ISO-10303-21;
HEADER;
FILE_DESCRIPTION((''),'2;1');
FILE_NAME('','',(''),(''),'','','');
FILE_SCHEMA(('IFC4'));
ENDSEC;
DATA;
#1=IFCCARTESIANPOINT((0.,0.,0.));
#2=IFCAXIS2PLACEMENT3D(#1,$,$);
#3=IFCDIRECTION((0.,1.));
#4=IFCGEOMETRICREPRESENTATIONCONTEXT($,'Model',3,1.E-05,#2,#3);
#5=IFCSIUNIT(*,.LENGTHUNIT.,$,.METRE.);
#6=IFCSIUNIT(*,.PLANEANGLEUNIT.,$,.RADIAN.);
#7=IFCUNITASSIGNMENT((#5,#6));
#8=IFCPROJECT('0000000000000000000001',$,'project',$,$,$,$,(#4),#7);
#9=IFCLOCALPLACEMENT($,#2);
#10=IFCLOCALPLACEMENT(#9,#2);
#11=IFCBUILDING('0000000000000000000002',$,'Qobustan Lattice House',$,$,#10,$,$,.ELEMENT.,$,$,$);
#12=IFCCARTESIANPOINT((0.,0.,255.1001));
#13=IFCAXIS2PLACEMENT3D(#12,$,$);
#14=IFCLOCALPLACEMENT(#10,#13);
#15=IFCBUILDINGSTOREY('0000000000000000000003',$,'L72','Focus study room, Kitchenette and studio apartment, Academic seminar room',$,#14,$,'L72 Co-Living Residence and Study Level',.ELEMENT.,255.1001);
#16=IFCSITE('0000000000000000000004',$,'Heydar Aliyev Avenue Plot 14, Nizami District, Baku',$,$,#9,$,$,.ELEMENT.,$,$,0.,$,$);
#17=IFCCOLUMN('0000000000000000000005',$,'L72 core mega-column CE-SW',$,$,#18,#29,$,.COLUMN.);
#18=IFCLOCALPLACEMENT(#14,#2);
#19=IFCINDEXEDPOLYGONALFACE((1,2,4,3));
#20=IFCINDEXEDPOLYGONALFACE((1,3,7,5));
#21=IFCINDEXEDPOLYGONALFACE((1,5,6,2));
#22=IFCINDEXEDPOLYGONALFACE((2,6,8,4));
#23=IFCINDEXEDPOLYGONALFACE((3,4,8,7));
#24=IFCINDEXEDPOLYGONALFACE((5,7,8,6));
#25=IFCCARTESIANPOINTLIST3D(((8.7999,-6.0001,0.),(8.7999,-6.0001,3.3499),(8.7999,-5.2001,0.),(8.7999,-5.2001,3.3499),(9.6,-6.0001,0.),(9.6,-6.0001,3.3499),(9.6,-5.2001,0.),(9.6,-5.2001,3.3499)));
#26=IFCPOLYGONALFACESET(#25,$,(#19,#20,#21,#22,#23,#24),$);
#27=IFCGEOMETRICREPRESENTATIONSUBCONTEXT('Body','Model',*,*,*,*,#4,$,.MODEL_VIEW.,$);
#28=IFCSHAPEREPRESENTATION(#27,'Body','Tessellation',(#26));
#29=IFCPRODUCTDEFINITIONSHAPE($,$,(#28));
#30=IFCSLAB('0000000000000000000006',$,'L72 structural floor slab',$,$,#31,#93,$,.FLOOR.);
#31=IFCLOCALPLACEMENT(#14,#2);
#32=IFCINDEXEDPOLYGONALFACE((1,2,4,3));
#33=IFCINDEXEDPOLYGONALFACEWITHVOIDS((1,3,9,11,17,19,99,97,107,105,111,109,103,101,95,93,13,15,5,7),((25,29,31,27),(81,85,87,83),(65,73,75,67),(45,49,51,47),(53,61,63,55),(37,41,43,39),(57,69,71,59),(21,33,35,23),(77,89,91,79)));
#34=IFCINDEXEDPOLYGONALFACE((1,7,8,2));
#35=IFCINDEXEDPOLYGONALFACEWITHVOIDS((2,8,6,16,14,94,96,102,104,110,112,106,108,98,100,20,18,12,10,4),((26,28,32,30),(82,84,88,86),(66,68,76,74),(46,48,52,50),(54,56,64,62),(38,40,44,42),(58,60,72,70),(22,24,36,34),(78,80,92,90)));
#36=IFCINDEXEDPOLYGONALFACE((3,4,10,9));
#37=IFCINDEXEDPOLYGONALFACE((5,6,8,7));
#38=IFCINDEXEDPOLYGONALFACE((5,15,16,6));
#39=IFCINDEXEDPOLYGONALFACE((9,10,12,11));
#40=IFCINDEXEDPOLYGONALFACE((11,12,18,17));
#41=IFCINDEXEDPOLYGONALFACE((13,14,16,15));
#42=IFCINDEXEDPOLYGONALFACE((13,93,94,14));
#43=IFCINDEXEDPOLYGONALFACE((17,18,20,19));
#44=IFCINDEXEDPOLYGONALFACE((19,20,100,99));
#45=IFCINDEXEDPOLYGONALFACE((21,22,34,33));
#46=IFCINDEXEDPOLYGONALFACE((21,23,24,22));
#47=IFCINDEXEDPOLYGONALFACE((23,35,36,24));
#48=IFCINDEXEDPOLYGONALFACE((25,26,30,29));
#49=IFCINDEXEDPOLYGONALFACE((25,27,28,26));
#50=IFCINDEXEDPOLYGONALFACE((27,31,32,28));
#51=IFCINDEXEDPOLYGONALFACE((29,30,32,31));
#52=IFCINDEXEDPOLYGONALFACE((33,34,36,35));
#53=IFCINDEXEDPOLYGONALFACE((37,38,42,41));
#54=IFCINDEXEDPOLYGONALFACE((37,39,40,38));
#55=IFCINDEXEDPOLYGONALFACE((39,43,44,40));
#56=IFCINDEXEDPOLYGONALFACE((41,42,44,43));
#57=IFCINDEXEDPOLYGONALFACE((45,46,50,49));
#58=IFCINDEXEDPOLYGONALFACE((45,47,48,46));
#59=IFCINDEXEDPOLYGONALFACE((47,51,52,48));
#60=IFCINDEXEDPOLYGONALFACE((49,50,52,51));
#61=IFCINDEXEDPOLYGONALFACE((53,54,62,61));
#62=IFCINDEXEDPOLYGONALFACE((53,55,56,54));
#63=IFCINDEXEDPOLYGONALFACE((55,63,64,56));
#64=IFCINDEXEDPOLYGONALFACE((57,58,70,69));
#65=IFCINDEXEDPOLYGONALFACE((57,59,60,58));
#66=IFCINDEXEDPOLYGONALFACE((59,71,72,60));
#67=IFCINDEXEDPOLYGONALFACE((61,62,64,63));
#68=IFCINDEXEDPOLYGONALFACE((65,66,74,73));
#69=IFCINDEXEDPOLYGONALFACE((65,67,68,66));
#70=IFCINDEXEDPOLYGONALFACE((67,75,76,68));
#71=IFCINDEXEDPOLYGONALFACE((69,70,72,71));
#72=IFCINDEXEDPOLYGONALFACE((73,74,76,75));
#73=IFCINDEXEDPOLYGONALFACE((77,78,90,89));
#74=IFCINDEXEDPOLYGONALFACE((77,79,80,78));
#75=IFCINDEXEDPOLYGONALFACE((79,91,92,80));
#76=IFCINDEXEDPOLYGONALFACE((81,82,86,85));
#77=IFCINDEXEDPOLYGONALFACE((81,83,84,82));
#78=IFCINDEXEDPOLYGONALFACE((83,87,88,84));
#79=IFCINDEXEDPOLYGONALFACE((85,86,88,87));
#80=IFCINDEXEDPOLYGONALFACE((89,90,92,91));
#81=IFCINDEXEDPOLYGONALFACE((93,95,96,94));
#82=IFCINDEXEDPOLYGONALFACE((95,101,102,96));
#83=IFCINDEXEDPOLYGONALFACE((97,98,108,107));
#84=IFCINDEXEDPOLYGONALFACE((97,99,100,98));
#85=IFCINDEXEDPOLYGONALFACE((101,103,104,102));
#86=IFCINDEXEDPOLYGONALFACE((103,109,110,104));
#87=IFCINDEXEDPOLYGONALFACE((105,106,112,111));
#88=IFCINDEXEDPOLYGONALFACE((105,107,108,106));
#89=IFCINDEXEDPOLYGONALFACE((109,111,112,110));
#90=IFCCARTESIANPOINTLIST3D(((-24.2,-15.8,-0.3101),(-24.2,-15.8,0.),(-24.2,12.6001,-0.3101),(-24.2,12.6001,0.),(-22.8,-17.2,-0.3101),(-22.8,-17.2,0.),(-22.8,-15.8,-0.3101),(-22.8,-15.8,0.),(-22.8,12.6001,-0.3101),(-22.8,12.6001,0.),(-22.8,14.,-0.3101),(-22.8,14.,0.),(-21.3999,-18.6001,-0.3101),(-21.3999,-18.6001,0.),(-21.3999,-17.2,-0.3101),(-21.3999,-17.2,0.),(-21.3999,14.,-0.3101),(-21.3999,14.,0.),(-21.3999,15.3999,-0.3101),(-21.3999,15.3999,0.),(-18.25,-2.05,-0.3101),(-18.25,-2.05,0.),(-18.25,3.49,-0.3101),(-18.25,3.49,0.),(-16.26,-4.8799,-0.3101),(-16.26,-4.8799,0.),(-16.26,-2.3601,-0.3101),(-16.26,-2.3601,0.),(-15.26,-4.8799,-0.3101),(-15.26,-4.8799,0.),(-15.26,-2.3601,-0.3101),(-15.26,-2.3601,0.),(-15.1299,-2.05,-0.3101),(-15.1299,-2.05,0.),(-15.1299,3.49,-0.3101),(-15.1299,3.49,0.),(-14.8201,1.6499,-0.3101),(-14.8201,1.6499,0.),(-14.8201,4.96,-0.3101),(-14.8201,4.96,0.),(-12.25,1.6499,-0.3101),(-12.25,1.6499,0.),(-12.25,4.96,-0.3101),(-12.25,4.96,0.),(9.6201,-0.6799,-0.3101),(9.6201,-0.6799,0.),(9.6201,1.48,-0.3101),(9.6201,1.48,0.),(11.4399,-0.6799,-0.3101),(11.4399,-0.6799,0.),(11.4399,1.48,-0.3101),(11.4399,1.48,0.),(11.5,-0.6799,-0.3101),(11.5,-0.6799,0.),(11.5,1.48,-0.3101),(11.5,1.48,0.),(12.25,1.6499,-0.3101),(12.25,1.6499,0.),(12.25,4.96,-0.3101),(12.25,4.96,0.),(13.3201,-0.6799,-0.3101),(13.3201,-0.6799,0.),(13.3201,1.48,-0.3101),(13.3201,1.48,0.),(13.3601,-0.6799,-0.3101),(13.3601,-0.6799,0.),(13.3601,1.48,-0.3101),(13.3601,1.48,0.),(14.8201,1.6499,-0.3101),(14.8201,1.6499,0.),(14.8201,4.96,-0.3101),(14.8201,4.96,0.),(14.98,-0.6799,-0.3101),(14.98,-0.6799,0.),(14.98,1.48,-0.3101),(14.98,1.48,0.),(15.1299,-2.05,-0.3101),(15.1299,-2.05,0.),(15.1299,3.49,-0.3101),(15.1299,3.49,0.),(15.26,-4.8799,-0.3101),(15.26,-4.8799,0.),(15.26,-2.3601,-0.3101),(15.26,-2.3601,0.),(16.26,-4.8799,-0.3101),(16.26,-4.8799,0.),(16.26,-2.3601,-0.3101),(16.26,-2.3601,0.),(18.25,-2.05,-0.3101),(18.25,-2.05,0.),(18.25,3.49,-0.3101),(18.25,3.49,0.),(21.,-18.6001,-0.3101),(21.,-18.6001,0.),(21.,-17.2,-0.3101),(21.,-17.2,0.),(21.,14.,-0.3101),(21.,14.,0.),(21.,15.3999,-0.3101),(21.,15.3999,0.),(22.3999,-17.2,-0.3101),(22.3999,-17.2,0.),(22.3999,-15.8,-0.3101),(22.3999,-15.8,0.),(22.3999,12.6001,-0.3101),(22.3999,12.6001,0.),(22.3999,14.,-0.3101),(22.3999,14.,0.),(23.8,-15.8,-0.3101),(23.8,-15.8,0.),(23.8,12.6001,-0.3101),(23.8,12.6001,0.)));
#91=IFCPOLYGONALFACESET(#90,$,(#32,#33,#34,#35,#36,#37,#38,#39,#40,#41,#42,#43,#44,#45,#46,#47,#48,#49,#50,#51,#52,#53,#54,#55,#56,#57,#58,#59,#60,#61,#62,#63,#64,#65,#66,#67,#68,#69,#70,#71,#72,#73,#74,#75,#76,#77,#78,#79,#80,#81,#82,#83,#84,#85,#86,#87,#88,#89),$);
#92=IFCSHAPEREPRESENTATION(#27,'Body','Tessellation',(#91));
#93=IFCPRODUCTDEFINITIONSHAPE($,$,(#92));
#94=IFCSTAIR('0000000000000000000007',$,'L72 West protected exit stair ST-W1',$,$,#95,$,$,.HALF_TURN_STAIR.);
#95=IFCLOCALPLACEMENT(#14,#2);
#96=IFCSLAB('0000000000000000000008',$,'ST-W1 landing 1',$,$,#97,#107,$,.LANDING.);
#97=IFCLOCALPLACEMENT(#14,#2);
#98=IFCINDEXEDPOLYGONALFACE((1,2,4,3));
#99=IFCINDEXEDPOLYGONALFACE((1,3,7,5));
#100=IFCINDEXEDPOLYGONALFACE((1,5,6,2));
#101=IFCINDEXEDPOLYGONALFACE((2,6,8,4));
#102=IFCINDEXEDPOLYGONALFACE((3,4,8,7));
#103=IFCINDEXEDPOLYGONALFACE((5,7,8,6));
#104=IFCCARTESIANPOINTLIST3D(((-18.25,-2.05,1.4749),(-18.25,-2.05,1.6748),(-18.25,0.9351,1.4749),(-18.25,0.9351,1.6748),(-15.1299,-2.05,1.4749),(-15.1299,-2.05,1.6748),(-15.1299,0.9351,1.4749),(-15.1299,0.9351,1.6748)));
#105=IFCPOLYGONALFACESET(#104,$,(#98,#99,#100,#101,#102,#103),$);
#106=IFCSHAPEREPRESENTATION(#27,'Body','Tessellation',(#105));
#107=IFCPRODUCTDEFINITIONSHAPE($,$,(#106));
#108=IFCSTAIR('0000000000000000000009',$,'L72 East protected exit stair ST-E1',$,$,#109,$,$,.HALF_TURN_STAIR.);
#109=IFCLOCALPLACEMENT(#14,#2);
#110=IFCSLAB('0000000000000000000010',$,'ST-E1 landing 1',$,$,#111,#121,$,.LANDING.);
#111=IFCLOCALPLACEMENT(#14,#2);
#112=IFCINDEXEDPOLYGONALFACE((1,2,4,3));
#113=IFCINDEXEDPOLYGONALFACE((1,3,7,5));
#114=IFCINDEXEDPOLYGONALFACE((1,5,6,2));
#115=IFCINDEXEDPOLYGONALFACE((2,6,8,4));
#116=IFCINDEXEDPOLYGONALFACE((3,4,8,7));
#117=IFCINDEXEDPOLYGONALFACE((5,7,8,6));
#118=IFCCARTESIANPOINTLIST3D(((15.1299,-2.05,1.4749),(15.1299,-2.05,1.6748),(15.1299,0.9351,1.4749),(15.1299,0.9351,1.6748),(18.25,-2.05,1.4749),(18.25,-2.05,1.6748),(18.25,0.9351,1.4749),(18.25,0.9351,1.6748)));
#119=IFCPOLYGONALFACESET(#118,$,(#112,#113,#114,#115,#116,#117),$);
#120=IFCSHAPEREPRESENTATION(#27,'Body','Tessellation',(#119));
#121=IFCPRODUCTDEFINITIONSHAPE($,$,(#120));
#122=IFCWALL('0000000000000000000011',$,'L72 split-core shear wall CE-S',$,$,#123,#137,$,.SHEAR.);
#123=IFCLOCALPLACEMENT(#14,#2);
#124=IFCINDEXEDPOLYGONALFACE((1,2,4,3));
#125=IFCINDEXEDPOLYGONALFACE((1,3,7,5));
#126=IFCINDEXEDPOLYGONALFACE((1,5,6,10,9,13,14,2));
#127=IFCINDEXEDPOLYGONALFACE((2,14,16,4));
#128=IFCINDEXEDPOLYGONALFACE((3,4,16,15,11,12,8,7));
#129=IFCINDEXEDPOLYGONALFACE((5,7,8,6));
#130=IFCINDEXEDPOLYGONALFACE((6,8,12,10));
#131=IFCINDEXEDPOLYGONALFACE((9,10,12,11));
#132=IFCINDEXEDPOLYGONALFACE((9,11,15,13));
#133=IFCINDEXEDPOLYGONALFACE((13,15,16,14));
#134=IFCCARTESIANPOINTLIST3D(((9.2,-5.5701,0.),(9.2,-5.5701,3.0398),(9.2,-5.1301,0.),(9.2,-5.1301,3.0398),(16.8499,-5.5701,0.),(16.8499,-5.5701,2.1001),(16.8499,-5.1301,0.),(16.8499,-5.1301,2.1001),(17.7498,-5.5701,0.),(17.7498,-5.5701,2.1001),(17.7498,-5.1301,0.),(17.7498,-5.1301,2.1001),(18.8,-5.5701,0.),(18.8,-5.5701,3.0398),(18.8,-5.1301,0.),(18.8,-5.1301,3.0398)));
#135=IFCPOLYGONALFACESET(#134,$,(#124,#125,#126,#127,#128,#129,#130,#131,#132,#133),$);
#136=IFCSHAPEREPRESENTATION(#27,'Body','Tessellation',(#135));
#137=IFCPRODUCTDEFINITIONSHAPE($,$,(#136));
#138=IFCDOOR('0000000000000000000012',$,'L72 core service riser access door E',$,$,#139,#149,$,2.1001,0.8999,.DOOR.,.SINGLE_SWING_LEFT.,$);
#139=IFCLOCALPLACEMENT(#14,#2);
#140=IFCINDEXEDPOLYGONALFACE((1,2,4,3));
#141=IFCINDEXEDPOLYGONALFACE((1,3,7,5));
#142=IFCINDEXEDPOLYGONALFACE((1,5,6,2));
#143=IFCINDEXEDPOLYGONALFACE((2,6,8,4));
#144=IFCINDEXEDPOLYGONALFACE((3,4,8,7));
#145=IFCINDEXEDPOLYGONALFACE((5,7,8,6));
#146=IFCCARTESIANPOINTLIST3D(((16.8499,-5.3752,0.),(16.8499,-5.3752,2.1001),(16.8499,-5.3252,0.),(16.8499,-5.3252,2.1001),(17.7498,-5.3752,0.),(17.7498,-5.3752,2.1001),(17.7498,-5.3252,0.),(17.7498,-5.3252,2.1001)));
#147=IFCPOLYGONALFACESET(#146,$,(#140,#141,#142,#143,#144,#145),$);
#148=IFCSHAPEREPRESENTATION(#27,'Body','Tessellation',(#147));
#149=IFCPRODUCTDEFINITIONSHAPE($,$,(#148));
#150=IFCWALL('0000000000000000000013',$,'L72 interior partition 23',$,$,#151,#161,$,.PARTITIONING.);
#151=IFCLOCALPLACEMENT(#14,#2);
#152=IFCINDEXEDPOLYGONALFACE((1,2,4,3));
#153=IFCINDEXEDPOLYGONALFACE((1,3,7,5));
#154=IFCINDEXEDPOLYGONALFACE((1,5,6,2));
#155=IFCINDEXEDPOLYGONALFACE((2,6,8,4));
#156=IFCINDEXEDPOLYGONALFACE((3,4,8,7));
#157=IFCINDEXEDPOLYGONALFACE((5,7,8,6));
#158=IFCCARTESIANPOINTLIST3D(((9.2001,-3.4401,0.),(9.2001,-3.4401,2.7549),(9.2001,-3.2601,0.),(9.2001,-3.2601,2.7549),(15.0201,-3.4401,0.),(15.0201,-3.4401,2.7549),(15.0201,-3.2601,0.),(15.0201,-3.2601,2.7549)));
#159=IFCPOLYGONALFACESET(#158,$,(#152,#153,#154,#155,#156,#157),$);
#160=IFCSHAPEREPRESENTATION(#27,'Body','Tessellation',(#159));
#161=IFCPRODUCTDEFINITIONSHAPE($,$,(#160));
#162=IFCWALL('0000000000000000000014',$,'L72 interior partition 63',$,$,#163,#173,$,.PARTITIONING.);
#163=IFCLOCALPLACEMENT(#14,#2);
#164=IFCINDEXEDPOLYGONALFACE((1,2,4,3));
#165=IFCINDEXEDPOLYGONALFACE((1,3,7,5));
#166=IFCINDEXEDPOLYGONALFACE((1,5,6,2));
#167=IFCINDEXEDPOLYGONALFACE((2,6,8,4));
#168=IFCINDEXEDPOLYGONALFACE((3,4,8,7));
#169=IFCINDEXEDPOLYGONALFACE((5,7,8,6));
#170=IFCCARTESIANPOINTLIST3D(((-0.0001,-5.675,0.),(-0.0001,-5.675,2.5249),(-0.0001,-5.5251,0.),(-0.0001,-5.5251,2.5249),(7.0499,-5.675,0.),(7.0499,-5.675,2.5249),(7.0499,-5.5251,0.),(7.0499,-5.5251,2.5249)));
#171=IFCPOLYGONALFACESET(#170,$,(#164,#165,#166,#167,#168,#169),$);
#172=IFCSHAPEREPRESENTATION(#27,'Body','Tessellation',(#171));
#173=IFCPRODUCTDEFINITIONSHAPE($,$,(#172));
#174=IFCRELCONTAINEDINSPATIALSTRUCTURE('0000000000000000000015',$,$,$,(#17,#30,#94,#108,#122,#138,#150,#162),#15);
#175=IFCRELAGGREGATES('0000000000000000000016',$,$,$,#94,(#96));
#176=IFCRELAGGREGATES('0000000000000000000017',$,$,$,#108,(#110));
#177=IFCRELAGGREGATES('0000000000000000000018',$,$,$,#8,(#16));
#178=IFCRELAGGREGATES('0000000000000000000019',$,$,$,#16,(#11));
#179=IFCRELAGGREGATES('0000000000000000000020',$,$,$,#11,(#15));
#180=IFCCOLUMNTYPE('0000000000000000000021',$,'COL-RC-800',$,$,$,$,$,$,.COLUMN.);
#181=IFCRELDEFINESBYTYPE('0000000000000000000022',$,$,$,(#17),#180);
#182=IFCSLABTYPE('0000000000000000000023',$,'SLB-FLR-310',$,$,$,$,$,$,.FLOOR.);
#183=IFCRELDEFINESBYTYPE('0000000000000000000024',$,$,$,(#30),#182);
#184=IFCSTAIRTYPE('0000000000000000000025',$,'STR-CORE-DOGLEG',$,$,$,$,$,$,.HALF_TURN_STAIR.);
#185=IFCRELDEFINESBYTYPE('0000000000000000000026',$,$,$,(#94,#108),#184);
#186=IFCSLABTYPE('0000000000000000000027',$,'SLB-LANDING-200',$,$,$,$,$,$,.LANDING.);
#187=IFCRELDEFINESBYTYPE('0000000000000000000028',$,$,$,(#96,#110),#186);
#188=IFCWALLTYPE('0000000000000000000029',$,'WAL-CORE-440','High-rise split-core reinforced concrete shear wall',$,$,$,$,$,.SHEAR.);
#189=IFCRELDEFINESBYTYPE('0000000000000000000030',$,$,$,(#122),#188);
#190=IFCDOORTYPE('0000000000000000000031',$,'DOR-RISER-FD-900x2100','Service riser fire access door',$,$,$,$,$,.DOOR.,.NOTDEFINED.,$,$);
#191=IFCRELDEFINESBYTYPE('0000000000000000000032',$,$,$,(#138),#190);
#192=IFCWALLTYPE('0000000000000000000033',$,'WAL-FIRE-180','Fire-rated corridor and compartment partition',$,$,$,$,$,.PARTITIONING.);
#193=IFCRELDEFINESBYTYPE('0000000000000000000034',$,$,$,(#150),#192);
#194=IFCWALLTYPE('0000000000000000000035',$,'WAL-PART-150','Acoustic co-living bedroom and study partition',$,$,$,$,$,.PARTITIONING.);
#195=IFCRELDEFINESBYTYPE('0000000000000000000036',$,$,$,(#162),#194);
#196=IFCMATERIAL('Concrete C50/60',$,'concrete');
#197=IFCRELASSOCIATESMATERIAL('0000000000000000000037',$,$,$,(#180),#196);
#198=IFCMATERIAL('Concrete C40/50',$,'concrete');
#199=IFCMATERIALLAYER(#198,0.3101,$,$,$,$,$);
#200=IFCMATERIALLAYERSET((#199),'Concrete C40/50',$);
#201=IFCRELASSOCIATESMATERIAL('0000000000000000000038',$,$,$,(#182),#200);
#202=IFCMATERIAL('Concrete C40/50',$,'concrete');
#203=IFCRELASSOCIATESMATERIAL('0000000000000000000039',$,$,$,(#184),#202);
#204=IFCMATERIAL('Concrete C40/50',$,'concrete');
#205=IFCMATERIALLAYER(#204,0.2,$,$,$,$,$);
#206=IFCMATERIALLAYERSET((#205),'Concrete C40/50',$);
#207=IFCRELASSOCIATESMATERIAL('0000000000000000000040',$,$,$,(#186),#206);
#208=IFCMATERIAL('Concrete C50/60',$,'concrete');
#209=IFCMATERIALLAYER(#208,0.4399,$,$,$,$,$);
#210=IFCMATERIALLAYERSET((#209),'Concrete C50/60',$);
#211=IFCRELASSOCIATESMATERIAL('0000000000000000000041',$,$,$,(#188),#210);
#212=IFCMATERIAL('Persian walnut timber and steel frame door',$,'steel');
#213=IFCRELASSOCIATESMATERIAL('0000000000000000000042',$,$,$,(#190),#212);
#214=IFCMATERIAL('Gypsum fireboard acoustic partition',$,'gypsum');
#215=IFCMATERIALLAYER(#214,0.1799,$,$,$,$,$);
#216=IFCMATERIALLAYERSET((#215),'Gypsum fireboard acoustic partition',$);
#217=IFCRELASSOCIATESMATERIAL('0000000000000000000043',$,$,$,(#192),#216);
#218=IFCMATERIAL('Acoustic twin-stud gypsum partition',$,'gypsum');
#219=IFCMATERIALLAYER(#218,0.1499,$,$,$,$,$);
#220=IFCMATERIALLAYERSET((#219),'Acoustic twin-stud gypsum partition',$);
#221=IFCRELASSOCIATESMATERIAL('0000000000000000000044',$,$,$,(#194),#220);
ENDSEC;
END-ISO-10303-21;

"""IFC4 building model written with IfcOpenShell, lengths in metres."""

from ifc_helpers import new_model, si_unit, direction, frame, frame_2d, origin, origin_2d, place, context, subcontext, project, spatial, polyline, rectangle, outline, extrude, material, layer, layer_set, material_profile, profile_set, type_object, element, fill, aggregate, save


model = new_model("IFC4")

# Units and contexts
model_context = context("Model", 3, precision=1e-05, world=origin(), true_north=direction((0.0, 1.0)))
body_context = subcontext(model_context, "Body", "Model", "MODEL_VIEW")
ifc_project = project(units=[si_unit("LENGTHUNIT", "METRE"), si_unit("PLANEANGLEUNIT", "RADIAN")], contexts=[model_context])

# Site, building, storey
site_placement = place(None, origin())
site = spatial("IfcSite", under=ifc_project, at=site_placement, Name="Heydar Aliyev Avenue Plot 14, Nizami District, Baku", CompositionType="ELEMENT", RefElevation=0.0)
building_placement = place(site_placement, origin())
building = spatial("IfcBuilding", under=site, at=building_placement, Name="Qobustan Lattice House", CompositionType="ELEMENT")
storey_placement = place(building_placement, frame((0.0, 0.0, 255.1001)))
storey = spatial("IfcBuildingStorey", under=building, at=storey_placement, Name="L72", Description="Focus study room, Kitchenette and studio apartment, Academic seminar room", LongName="L72 Co-Living Residence and Study Level", CompositionType="ELEMENT", Elevation=255.1001)

# Column
ifc_material_1 = material(Name="Concrete C50/60", Category="concrete")
ifc_material_profile = material_profile(ifc_material_1, rectangle(XDim=0.8, YDim=0.8, at=origin_2d()), Name="RC800x800")
ifc_profile_set = profile_set([ifc_material_profile], Name="Concrete C50/60")
column_type = type_object("IfcColumnType", Name="COL-RC-800", PredefinedType="COLUMN", material=ifc_profile_set)
column_placement = place(storey_placement, frame((9.2, -5.6001, 0.0), z_axis=(0.0, 0.0, 1.0), x_axis=(1.0, 0.0, 0.0)))
element("IfcColumn", 1, at=column_placement, inside=storey, type_object=column_type, Name="L72 core mega-column CE-SW", PredefinedType="COLUMN", context=body_context, shape_type="SweptSolid", body=[
    extrude(rectangle(XDim=0.8, YDim=0.8, at=origin_2d()), origin(), (0.0, 0.0, 1.0), 3.3499),
])

# Slab
ifc_material_2 = material(Name="Concrete C40/50", Category="concrete")
ifc_layer_1 = layer(ifc_material_2, 0.3101)
ifc_layer_set_1 = layer_set([ifc_layer_1], Name="Concrete C40/50")
slab_type_1 = type_object("IfcSlabType", Name="SLB-FLR-310", PredefinedType="FLOOR", material=ifc_layer_set_1)
slab_1_placement = place(storey_placement, frame((0.0, 0.0, -0.3101)))
element("IfcSlab", 2, at=slab_1_placement, inside=storey, type_object=slab_type_1, Name="L72 structural floor slab", PredefinedType="FLOOR", context=body_context, shape_type="SweptSolid", body=[
    extrude(outline(polyline([(-21.3999, -18.6001), (21.0, -18.6001), (21.0, -17.2), (22.3999, -17.2), (22.3999, -15.8), (23.8, -15.8), (23.8, 12.6001), (22.3999, 12.6001), (22.3999, 14.0), (21.0, 14.0), (21.0, 15.3999), (-21.3999, 15.3999), (-21.3999, 14.0), (-22.8, 14.0), (-22.8, 12.6001), (-24.2, 12.6001), (-24.2, -15.8), (-22.8, -15.8), (-22.8, -17.2), (-21.3999, -17.2), (-21.3999, -18.6001)]), holes=[polyline([(-18.25, -2.05), (-18.25, 3.49), (-15.1299, 3.49), (-15.1299, -2.05), (-18.25, -2.05)]), polyline([(15.1299, -2.05), (15.1299, 3.49), (18.25, 3.49), (18.25, -2.05), (15.1299, -2.05)]), polyline([(-14.8201, 1.6499), (-14.8201, 4.96), (-12.25, 4.96), (-12.25, 1.6499), (-14.8201, 1.6499)]), polyline([(12.25, 1.6499), (12.25, 4.96), (14.8201, 4.96), (14.8201, 1.6499), (12.25, 1.6499)]), polyline([(-16.26, -4.8799), (-16.26, -2.3601), (-15.26, -2.3601), (-15.26, -4.8799), (-16.26, -4.8799)]), polyline([(15.26, -4.8799), (15.26, -2.3601), (16.26, -2.3601), (16.26, -4.8799), (15.26, -4.8799)]), polyline([(13.3601, -0.6799), (13.3601, 1.48), (14.98, 1.48), (14.98, -0.6799), (13.3601, -0.6799)]), polyline([(9.6201, -0.6799), (9.6201, 1.48), (11.4399, 1.48), (11.4399, -0.6799), (9.6201, -0.6799)]), polyline([(11.5, -0.6799), (11.5, 1.48), (13.3201, 1.48), (13.3201, -0.6799), (11.5, -0.6799)])]), origin(), (0.0, 0.0, 1.0), 0.3101),
])

# Stairs, slabs
ifc_material_3 = material(Name="Concrete C40/50", Category="concrete")
stair_type = type_object("IfcStairType", Name="STR-CORE-DOGLEG", PredefinedType="HALF_TURN_STAIR", material=ifc_material_3)
stair_1_placement = place(storey_placement, origin())
stair_1 = element("IfcStair", 3, at=stair_1_placement, inside=storey, type_object=stair_type, Name="L72 West protected exit stair ST-W1", PredefinedType="HALF_TURN_STAIR")
ifc_material_4 = material(Name="Concrete C40/50", Category="concrete")
ifc_layer_2 = layer(ifc_material_4, 0.2)
ifc_layer_set_2 = layer_set([ifc_layer_2], Name="Concrete C40/50")
slab_type_2 = type_object("IfcSlabType", Name="SLB-LANDING-200", PredefinedType="LANDING", material=ifc_layer_set_2)
slab_2_placement = place(storey_placement, frame((0.0, 0.0, 1.4749)))
slab_2 = element("IfcSlab", 4, at=slab_2_placement, type_object=slab_type_2, Name="ST-W1 landing 1", PredefinedType="LANDING", context=body_context, shape_type="SweptSolid", body=[
    extrude(outline(polyline([(-18.25, 0.9351), (-18.25, -2.05), (-15.1299, -2.05), (-15.1299, 0.9351), (-18.25, 0.9351)])), origin(), (0.0, 0.0, 1.0), 0.2),
])
aggregate(stair_1, [slab_2])
stair_2_placement = place(storey_placement, origin())
stair_2 = element("IfcStair", 5, at=stair_2_placement, inside=storey, type_object=stair_type, Name="L72 East protected exit stair ST-E1", PredefinedType="HALF_TURN_STAIR")
slab_3_placement = place(storey_placement, frame((0.0, 0.0, 1.4749)))
slab_3 = element("IfcSlab", 6, at=slab_3_placement, type_object=slab_type_2, Name="ST-E1 landing 1", PredefinedType="LANDING", context=body_context, shape_type="SweptSolid", body=[
    extrude(outline(polyline([(15.1299, 0.9351), (15.1299, -2.05), (18.25, -2.05), (18.25, 0.9351), (15.1299, 0.9351)])), origin(), (0.0, 0.0, 1.0), 0.2),
])
aggregate(stair_2, [slab_3])

# Wall, opening, door
ifc_material_5 = material(Name="Concrete C50/60", Category="concrete")
ifc_layer_3 = layer(ifc_material_5, 0.4399)
ifc_layer_set_3 = layer_set([ifc_layer_3], Name="Concrete C50/60")
wall_type_1 = type_object("IfcWallType", Name="WAL-CORE-440", Description="High-rise split-core reinforced concrete shear wall", PredefinedType="SHEAR", material=ifc_layer_set_3)
wall_1_placement = place(storey_placement, frame((9.2, -5.3501, 0.0), z_axis=(0.0, 0.0, 1.0), x_axis=(1.0, 0.0, 0.0)))
wall_1 = element("IfcWall", 7, at=wall_1_placement, inside=storey, type_object=wall_type_1, Name="L72 split-core shear wall CE-S", PredefinedType="SHEAR", context=body_context, shape_type="SweptSolid", body=[
    extrude(rectangle(XDim=9.6001, YDim=0.4399, at=frame_2d((4.8, 0.0))), origin(), (0.0, 0.0, 1.0), 3.0398),
])
opening_1_placement = place(wall_1_placement, frame((7.6499, 0.0, 0.0)))
opening_1 = element("IfcOpeningElement", 8, at=opening_1_placement, cuts=wall_1, PredefinedType="OPENING", context=body_context, shape_type="SweptSolid", body=[
    extrude(rectangle(XDim=0.8999, YDim=2.1001, at=frame_2d((0.45, 1.05))), frame((0.0, 0.23, 0.0), z_axis=(0.0, -1.0, 0.0), x_axis=(1.0, 0.0, 0.0)), (0.0, 0.0, 1.0), 0.46),
])
ifc_material_6 = material(Name="Persian walnut timber and steel frame door", Category="steel")
door_type_1 = type_object("IfcDoorType", Name="DOR-RISER-FD-900x2100", Description="Service riser fire access door", OperationType="NOTDEFINED", PredefinedType="DOOR", material=ifc_material_6)
door_1_placement = place(opening_1_placement, origin())
door_1 = element("IfcDoor", 9, at=door_1_placement, inside=storey, type_object=door_type_1, Name="L72 core service riser access door E", OperationType="SINGLE_SWING_LEFT", OverallHeight=2.1001, OverallWidth=0.8999, PredefinedType="DOOR", context=body_context, shape_type="SweptSolid", body=[
    extrude(rectangle(XDim=0.8999, YDim=2.1001, at=frame_2d((0.45, 1.05))), frame((0.0, 0.0249, 0.0), z_axis=(0.0, -1.0, 0.0), x_axis=(1.0, 0.0, 0.0)), (0.0, 0.0, 1.0), 0.05),
])
fill(opening_1, door_1)

# Walls
ifc_material_7 = material(Name="Gypsum fireboard acoustic partition", Category="gypsum")
ifc_layer_4 = layer(ifc_material_7, 0.1799)
ifc_layer_set_4 = layer_set([ifc_layer_4], Name="Gypsum fireboard acoustic partition")
wall_type_2 = type_object("IfcWallType", Name="WAL-FIRE-180", Description="Fire-rated corridor and compartment partition", PredefinedType="PARTITIONING", material=ifc_layer_set_4)
wall_2_placement = place(storey_placement, frame((9.2, -3.3501, 0.0), z_axis=(0.0, 0.0, 1.0), x_axis=(1.0, 0.0, 0.0)))
element("IfcWall", 10, at=wall_2_placement, inside=storey, type_object=wall_type_2, Name="L72 interior partition 23", PredefinedType="PARTITIONING", context=body_context, shape_type="SweptSolid", body=[
    extrude(rectangle(XDim=5.8201, YDim=0.1799, at=frame_2d((2.9102, 0.0))), origin(), (0.0, 0.0, 1.0), 2.7549),
])
ifc_material_8 = material(Name="Acoustic twin-stud gypsum partition", Category="gypsum")
ifc_layer_5 = layer(ifc_material_8, 0.1499)
ifc_layer_set_5 = layer_set([ifc_layer_5], Name="Acoustic twin-stud gypsum partition")
wall_type_3 = type_object("IfcWallType", Name="WAL-PART-150", Description="Acoustic co-living bedroom and study partition", PredefinedType="PARTITIONING", material=ifc_layer_set_5)
wall_3_placement = place(storey_placement, frame((0.0, -5.6001, 0.0), z_axis=(0.0, 0.0, 1.0), x_axis=(1.0, 0.0, 0.0)))
element("IfcWall", 11, at=wall_3_placement, inside=storey, type_object=wall_type_3, Name="L72 interior partition 63", PredefinedType="PARTITIONING", context=body_context, shape_type="SweptSolid", body=[
    extrude(rectangle(XDim=7.05, YDim=0.1499, at=frame_2d((3.5249, 0.0))), origin(), (0.0, 0.0, 1.0), 2.5249),
])

save(model, "model.ifc")
